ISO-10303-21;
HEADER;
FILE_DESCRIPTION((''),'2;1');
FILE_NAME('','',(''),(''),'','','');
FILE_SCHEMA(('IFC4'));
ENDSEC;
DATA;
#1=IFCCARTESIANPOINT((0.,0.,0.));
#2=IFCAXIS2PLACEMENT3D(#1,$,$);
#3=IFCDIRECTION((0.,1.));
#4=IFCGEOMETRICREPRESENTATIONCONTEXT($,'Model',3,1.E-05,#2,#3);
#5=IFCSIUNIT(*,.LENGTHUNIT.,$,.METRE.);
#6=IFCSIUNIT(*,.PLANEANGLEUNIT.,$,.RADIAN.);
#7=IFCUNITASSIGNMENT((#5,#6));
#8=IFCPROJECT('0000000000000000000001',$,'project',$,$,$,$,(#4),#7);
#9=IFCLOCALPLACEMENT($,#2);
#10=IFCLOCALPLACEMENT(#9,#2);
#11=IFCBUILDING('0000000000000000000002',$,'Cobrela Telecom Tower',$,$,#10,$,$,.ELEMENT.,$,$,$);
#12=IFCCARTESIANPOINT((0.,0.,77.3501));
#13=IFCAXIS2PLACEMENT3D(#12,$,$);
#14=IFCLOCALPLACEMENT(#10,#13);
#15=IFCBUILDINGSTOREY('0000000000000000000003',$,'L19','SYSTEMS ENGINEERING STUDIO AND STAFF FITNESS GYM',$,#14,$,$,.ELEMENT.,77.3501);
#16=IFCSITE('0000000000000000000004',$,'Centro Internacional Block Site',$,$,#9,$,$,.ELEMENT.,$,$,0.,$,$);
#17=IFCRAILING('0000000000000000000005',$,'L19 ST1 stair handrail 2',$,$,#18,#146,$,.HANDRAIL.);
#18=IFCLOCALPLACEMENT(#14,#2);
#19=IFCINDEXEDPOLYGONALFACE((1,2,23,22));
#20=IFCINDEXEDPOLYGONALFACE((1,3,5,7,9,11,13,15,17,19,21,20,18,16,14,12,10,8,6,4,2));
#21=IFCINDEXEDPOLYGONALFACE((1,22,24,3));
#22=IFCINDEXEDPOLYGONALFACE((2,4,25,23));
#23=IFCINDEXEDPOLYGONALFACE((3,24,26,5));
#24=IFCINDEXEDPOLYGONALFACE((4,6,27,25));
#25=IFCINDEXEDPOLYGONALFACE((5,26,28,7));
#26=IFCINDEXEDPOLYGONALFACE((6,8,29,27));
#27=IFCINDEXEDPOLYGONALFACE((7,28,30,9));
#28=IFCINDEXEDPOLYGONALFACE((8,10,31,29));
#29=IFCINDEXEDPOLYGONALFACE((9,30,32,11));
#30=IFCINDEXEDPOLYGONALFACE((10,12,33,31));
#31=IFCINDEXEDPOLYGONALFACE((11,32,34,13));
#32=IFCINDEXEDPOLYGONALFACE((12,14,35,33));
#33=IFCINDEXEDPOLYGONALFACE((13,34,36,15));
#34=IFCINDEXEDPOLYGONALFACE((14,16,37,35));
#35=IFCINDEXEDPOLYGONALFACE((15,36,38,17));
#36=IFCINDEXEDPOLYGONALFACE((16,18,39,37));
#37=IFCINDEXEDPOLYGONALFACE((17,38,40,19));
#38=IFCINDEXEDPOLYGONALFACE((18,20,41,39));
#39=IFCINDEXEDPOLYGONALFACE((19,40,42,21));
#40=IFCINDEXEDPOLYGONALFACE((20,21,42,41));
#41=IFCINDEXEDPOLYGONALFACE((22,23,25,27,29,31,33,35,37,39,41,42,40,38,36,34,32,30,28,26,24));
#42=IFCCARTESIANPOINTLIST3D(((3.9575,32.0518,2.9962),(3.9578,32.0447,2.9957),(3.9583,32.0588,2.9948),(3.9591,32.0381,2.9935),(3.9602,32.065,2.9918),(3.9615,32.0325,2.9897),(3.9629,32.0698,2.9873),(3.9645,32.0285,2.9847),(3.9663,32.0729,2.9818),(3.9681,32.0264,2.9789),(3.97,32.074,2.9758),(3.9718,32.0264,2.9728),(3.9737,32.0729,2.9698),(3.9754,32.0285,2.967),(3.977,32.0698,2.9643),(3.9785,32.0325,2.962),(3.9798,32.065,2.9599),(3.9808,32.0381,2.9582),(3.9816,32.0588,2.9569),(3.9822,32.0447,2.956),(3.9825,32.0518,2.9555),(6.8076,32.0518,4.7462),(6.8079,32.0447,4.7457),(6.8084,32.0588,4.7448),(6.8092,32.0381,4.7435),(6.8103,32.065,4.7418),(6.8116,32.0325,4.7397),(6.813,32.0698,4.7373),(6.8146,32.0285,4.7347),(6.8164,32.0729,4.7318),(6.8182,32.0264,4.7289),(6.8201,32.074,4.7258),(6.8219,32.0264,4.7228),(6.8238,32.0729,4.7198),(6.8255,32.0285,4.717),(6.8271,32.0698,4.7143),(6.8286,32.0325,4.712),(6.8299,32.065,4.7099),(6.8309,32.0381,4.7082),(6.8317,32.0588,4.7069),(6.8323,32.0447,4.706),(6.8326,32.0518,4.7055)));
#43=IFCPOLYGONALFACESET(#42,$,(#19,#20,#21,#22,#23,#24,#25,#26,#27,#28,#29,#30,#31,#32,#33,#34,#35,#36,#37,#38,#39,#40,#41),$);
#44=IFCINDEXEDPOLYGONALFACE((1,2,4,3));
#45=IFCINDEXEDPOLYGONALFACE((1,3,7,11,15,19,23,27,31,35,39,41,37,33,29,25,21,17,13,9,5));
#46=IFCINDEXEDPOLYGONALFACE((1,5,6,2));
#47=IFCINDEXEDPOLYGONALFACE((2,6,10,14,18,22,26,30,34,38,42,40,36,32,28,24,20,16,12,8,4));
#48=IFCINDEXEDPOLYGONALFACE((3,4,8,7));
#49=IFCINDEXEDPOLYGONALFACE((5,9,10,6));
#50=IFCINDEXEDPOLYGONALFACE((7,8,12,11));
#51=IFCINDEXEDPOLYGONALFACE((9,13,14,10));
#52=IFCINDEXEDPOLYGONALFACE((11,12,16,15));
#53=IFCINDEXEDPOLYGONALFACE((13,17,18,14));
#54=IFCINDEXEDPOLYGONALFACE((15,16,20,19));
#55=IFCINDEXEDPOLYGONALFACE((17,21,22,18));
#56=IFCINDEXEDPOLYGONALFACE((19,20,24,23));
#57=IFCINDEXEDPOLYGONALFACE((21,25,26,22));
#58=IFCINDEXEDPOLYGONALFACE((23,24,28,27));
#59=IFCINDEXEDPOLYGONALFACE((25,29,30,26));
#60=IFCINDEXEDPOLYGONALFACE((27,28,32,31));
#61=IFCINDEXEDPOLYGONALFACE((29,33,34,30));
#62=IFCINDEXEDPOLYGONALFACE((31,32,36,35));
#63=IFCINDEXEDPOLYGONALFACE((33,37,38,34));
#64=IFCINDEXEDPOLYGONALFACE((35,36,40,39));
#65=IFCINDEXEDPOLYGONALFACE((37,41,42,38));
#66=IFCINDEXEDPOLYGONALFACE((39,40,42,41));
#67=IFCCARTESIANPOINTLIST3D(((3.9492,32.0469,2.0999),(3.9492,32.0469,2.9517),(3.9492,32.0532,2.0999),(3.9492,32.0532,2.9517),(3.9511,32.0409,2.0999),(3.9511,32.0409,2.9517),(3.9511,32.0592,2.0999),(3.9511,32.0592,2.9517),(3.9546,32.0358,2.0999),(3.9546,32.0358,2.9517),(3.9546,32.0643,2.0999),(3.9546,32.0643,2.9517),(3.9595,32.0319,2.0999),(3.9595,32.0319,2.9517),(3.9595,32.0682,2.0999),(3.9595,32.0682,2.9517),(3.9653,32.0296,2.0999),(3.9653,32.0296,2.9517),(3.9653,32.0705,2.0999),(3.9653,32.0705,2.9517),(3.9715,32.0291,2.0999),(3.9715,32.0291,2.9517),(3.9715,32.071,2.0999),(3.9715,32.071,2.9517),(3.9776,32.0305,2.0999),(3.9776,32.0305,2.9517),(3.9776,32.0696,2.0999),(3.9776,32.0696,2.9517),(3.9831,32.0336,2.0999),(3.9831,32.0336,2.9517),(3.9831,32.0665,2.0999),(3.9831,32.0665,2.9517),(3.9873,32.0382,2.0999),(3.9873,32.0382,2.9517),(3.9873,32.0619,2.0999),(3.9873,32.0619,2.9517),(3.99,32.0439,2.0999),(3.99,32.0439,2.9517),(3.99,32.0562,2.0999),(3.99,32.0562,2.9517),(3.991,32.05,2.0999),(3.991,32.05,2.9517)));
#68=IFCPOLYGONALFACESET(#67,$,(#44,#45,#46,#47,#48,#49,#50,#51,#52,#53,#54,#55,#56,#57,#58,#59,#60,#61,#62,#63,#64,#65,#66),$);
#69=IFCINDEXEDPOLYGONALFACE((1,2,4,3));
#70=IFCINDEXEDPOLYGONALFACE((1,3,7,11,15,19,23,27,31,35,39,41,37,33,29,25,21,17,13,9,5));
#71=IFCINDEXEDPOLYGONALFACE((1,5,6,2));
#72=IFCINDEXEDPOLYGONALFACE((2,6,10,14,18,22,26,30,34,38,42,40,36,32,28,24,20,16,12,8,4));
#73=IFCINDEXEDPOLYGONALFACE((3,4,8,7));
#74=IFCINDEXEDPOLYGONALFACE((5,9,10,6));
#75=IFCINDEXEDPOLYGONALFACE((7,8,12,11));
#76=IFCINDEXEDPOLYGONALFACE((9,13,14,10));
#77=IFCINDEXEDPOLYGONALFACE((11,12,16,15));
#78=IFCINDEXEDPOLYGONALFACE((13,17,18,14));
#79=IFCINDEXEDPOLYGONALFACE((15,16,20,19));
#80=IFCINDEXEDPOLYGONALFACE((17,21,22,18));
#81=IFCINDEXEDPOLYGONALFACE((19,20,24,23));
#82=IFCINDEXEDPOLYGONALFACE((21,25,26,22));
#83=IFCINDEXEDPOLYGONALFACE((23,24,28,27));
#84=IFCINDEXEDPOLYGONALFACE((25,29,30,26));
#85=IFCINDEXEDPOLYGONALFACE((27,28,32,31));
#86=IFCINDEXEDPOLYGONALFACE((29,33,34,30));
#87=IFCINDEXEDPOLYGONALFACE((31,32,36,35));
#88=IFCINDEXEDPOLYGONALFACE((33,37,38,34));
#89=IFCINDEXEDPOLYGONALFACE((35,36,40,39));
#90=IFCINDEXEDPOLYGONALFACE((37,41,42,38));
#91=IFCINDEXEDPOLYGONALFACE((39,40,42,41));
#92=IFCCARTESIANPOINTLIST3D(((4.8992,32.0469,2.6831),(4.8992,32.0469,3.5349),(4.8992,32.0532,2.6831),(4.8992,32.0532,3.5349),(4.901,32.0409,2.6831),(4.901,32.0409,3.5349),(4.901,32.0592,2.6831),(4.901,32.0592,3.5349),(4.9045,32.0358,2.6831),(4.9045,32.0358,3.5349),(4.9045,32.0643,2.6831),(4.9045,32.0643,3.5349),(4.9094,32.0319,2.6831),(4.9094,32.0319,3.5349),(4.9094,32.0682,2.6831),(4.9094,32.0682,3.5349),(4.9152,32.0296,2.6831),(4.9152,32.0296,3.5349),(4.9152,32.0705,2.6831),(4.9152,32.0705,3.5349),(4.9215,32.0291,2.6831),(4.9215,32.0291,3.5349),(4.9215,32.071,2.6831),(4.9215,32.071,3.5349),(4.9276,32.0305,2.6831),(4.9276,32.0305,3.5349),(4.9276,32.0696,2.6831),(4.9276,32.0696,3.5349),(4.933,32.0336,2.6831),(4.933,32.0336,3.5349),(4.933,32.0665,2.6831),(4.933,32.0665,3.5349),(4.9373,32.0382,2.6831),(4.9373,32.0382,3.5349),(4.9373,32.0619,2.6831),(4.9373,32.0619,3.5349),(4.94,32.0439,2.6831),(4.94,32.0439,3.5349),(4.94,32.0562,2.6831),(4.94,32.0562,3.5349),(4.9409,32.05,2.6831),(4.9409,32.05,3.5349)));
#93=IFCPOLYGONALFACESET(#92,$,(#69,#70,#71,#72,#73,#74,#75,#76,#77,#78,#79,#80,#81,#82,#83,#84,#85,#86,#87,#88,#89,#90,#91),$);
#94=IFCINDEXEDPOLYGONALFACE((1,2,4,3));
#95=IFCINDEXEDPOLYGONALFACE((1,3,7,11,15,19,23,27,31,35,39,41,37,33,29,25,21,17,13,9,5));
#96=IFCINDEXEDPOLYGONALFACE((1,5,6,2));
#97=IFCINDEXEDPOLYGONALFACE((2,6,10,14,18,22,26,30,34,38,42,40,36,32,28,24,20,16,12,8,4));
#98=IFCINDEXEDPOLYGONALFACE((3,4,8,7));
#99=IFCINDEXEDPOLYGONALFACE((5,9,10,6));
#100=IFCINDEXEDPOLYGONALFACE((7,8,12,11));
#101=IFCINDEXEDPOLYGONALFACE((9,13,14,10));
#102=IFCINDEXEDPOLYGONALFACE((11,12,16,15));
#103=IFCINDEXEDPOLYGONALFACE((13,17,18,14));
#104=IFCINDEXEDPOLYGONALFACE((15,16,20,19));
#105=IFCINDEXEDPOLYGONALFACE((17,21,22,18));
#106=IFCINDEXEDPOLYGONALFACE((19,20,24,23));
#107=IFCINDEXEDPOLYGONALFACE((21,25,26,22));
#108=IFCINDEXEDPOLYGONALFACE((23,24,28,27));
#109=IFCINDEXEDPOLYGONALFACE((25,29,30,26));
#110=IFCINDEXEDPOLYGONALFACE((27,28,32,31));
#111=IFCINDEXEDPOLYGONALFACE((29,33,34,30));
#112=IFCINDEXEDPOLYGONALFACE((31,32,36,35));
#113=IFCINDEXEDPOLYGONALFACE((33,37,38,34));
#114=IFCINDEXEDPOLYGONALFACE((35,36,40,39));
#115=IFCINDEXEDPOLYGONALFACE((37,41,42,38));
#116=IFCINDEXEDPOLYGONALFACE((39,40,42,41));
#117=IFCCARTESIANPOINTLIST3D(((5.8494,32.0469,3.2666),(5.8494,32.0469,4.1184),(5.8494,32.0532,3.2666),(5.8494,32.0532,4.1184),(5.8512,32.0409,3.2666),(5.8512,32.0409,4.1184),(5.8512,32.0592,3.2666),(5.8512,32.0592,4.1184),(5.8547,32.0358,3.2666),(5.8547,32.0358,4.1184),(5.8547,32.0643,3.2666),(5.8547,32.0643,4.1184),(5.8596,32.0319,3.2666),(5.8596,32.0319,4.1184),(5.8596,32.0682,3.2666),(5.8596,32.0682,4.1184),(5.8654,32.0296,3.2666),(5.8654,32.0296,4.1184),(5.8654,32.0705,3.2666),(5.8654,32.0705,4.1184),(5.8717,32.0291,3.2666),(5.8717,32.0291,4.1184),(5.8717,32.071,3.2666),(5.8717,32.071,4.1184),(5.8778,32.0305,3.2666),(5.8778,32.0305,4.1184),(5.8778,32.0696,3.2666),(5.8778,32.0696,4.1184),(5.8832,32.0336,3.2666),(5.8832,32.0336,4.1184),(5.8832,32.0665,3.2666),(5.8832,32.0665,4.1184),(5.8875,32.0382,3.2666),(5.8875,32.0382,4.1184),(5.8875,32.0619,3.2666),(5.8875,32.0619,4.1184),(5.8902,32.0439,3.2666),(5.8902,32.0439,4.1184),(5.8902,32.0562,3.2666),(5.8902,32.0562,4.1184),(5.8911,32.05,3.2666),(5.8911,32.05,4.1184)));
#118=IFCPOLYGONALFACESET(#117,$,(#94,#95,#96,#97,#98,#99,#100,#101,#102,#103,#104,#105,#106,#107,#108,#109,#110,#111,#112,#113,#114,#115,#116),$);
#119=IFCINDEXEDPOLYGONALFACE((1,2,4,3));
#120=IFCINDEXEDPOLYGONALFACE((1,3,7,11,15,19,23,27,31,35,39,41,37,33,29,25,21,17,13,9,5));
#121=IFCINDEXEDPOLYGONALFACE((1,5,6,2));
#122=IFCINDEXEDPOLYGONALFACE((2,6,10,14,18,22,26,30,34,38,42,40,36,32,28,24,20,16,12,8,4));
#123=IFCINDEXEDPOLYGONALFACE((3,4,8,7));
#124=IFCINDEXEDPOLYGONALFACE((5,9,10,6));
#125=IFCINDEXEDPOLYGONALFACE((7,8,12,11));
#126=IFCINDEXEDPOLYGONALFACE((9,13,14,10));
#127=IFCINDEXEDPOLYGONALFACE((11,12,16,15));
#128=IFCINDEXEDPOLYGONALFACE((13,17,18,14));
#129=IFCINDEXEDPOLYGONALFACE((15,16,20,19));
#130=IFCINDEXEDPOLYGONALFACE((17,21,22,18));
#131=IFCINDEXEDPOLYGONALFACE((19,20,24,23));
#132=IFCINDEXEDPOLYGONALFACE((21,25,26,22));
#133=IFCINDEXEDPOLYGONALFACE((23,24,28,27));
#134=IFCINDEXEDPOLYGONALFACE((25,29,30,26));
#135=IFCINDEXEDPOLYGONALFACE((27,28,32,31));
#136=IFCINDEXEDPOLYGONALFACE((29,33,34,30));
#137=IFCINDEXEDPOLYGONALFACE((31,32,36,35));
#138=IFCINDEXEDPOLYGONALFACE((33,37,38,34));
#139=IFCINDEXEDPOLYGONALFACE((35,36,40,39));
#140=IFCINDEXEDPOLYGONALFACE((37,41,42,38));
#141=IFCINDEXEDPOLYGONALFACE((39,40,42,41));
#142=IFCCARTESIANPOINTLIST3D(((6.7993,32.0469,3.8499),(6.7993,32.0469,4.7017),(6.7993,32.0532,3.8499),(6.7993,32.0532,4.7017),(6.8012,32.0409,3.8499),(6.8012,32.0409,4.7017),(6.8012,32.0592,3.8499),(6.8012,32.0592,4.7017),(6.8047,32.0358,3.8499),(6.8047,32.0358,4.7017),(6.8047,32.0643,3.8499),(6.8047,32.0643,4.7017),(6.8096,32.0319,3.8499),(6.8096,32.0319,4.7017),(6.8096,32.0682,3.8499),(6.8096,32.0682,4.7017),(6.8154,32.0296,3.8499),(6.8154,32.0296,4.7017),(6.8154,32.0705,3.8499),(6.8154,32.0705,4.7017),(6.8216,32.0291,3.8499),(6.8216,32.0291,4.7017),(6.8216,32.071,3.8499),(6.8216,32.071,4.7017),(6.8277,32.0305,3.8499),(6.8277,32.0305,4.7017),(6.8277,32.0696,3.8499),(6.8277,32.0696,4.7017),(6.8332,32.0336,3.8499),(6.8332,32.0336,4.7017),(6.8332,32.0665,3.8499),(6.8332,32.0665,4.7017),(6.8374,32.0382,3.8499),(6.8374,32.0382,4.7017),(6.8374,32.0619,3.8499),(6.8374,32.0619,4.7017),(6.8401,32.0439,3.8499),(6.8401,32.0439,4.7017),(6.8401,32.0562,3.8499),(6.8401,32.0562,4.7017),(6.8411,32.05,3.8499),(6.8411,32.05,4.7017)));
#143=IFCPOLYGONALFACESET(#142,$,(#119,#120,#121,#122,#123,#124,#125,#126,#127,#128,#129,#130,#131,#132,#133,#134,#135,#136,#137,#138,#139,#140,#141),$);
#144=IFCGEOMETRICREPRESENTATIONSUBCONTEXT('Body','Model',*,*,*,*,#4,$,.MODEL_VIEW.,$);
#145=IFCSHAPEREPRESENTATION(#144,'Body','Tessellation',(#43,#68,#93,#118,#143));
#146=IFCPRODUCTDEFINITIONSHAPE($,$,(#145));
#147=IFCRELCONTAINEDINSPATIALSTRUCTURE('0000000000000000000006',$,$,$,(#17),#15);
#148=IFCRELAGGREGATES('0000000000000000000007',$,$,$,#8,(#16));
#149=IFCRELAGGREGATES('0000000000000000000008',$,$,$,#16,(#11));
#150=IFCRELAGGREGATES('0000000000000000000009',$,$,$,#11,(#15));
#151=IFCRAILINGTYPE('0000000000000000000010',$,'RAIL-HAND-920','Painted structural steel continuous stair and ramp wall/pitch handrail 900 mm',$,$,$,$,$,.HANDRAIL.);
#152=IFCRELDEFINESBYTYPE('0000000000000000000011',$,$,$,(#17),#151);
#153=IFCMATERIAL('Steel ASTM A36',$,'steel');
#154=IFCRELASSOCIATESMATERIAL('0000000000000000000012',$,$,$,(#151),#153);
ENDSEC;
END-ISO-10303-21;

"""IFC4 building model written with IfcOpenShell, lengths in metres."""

from ifc_helpers import new_model, si_unit, direction, frame, origin, origin_2d, place, context, subcontext, project, spatial, circle, extrude, material, type_object, element, save


model = new_model("IFC4")

# Units and contexts
model_context = context("Model", 3, precision=1e-05, world=origin(), true_north=direction((0.0, 1.0)))
body_context = subcontext(model_context, "Body", "Model", "MODEL_VIEW")
ifc_project = project(units=[si_unit("LENGTHUNIT", "METRE"), si_unit("PLANEANGLEUNIT", "RADIAN")], contexts=[model_context])

# Site, building, storey
site_placement = place(None, origin())
site = spatial("IfcSite", under=ifc_project, at=site_placement, Name="Centro Internacional Block Site", CompositionType="ELEMENT", RefElevation=0.0)
building_placement = place(site_placement, origin())
building = spatial("IfcBuilding", under=site, at=building_placement, Name="Cobrela Telecom Tower", CompositionType="ELEMENT")
storey_placement = place(building_placement, frame((0.0, 0.0, 77.3501)))
storey = spatial("IfcBuildingStorey", under=building, at=storey_placement, Name="L19", Description="SYSTEMS ENGINEERING STUDIO AND STAFF FITNESS GYM", CompositionType="ELEMENT", Elevation=77.3501)

# Shared definitions
ifc_material_1 = material(Name="Steel ASTM A36", Category="steel")

# Railing
railing_type_1 = type_object("IfcRailingType", Name="RAIL-HAND-920", Description="Painted structural steel continuous stair and ramp wall/pitch handrail 900 mm", PredefinedType="HANDRAIL", material=ifc_material_1)
railing_1_placement = place(storey_placement, frame((3.97, 32.05, 2.0999)))
element("IfcRailing", 1, at=railing_1_placement, inside=storey, type_object=railing_type_1, Name="L19 ST1 stair handrail 2", PredefinedType="HANDRAIL", context=body_context, shape_type="SweptSolid", body=[
    extrude(circle(Radius=0.0239, at=origin_2d()), frame((0.0, 0.0, 0.876), z_axis=(0.852179, 0.0, 0.52325), x_axis=(0.0, 1.0, 0.0)), (0.0, 0.0, 1.0), 3.3445),
    extrude(circle(Radius=0.021, at=origin_2d()), origin(), (0.0, 0.0, 1.0), 0.8518),
    extrude(circle(Radius=0.021, at=origin_2d()), frame((0.95, 0.0, 0.5833)), (0.0, 0.0, 1.0), 0.8518),
    extrude(circle(Radius=0.021, at=origin_2d()), frame((1.9001, 0.0, 1.1667)), (0.0, 0.0, 1.0), 0.8518),
    extrude(circle(Radius=0.021, at=origin_2d()), frame((2.8501, 0.0, 1.75)), (0.0, 0.0, 1.0), 0.8518),
])

save(model, "model.ifc")
